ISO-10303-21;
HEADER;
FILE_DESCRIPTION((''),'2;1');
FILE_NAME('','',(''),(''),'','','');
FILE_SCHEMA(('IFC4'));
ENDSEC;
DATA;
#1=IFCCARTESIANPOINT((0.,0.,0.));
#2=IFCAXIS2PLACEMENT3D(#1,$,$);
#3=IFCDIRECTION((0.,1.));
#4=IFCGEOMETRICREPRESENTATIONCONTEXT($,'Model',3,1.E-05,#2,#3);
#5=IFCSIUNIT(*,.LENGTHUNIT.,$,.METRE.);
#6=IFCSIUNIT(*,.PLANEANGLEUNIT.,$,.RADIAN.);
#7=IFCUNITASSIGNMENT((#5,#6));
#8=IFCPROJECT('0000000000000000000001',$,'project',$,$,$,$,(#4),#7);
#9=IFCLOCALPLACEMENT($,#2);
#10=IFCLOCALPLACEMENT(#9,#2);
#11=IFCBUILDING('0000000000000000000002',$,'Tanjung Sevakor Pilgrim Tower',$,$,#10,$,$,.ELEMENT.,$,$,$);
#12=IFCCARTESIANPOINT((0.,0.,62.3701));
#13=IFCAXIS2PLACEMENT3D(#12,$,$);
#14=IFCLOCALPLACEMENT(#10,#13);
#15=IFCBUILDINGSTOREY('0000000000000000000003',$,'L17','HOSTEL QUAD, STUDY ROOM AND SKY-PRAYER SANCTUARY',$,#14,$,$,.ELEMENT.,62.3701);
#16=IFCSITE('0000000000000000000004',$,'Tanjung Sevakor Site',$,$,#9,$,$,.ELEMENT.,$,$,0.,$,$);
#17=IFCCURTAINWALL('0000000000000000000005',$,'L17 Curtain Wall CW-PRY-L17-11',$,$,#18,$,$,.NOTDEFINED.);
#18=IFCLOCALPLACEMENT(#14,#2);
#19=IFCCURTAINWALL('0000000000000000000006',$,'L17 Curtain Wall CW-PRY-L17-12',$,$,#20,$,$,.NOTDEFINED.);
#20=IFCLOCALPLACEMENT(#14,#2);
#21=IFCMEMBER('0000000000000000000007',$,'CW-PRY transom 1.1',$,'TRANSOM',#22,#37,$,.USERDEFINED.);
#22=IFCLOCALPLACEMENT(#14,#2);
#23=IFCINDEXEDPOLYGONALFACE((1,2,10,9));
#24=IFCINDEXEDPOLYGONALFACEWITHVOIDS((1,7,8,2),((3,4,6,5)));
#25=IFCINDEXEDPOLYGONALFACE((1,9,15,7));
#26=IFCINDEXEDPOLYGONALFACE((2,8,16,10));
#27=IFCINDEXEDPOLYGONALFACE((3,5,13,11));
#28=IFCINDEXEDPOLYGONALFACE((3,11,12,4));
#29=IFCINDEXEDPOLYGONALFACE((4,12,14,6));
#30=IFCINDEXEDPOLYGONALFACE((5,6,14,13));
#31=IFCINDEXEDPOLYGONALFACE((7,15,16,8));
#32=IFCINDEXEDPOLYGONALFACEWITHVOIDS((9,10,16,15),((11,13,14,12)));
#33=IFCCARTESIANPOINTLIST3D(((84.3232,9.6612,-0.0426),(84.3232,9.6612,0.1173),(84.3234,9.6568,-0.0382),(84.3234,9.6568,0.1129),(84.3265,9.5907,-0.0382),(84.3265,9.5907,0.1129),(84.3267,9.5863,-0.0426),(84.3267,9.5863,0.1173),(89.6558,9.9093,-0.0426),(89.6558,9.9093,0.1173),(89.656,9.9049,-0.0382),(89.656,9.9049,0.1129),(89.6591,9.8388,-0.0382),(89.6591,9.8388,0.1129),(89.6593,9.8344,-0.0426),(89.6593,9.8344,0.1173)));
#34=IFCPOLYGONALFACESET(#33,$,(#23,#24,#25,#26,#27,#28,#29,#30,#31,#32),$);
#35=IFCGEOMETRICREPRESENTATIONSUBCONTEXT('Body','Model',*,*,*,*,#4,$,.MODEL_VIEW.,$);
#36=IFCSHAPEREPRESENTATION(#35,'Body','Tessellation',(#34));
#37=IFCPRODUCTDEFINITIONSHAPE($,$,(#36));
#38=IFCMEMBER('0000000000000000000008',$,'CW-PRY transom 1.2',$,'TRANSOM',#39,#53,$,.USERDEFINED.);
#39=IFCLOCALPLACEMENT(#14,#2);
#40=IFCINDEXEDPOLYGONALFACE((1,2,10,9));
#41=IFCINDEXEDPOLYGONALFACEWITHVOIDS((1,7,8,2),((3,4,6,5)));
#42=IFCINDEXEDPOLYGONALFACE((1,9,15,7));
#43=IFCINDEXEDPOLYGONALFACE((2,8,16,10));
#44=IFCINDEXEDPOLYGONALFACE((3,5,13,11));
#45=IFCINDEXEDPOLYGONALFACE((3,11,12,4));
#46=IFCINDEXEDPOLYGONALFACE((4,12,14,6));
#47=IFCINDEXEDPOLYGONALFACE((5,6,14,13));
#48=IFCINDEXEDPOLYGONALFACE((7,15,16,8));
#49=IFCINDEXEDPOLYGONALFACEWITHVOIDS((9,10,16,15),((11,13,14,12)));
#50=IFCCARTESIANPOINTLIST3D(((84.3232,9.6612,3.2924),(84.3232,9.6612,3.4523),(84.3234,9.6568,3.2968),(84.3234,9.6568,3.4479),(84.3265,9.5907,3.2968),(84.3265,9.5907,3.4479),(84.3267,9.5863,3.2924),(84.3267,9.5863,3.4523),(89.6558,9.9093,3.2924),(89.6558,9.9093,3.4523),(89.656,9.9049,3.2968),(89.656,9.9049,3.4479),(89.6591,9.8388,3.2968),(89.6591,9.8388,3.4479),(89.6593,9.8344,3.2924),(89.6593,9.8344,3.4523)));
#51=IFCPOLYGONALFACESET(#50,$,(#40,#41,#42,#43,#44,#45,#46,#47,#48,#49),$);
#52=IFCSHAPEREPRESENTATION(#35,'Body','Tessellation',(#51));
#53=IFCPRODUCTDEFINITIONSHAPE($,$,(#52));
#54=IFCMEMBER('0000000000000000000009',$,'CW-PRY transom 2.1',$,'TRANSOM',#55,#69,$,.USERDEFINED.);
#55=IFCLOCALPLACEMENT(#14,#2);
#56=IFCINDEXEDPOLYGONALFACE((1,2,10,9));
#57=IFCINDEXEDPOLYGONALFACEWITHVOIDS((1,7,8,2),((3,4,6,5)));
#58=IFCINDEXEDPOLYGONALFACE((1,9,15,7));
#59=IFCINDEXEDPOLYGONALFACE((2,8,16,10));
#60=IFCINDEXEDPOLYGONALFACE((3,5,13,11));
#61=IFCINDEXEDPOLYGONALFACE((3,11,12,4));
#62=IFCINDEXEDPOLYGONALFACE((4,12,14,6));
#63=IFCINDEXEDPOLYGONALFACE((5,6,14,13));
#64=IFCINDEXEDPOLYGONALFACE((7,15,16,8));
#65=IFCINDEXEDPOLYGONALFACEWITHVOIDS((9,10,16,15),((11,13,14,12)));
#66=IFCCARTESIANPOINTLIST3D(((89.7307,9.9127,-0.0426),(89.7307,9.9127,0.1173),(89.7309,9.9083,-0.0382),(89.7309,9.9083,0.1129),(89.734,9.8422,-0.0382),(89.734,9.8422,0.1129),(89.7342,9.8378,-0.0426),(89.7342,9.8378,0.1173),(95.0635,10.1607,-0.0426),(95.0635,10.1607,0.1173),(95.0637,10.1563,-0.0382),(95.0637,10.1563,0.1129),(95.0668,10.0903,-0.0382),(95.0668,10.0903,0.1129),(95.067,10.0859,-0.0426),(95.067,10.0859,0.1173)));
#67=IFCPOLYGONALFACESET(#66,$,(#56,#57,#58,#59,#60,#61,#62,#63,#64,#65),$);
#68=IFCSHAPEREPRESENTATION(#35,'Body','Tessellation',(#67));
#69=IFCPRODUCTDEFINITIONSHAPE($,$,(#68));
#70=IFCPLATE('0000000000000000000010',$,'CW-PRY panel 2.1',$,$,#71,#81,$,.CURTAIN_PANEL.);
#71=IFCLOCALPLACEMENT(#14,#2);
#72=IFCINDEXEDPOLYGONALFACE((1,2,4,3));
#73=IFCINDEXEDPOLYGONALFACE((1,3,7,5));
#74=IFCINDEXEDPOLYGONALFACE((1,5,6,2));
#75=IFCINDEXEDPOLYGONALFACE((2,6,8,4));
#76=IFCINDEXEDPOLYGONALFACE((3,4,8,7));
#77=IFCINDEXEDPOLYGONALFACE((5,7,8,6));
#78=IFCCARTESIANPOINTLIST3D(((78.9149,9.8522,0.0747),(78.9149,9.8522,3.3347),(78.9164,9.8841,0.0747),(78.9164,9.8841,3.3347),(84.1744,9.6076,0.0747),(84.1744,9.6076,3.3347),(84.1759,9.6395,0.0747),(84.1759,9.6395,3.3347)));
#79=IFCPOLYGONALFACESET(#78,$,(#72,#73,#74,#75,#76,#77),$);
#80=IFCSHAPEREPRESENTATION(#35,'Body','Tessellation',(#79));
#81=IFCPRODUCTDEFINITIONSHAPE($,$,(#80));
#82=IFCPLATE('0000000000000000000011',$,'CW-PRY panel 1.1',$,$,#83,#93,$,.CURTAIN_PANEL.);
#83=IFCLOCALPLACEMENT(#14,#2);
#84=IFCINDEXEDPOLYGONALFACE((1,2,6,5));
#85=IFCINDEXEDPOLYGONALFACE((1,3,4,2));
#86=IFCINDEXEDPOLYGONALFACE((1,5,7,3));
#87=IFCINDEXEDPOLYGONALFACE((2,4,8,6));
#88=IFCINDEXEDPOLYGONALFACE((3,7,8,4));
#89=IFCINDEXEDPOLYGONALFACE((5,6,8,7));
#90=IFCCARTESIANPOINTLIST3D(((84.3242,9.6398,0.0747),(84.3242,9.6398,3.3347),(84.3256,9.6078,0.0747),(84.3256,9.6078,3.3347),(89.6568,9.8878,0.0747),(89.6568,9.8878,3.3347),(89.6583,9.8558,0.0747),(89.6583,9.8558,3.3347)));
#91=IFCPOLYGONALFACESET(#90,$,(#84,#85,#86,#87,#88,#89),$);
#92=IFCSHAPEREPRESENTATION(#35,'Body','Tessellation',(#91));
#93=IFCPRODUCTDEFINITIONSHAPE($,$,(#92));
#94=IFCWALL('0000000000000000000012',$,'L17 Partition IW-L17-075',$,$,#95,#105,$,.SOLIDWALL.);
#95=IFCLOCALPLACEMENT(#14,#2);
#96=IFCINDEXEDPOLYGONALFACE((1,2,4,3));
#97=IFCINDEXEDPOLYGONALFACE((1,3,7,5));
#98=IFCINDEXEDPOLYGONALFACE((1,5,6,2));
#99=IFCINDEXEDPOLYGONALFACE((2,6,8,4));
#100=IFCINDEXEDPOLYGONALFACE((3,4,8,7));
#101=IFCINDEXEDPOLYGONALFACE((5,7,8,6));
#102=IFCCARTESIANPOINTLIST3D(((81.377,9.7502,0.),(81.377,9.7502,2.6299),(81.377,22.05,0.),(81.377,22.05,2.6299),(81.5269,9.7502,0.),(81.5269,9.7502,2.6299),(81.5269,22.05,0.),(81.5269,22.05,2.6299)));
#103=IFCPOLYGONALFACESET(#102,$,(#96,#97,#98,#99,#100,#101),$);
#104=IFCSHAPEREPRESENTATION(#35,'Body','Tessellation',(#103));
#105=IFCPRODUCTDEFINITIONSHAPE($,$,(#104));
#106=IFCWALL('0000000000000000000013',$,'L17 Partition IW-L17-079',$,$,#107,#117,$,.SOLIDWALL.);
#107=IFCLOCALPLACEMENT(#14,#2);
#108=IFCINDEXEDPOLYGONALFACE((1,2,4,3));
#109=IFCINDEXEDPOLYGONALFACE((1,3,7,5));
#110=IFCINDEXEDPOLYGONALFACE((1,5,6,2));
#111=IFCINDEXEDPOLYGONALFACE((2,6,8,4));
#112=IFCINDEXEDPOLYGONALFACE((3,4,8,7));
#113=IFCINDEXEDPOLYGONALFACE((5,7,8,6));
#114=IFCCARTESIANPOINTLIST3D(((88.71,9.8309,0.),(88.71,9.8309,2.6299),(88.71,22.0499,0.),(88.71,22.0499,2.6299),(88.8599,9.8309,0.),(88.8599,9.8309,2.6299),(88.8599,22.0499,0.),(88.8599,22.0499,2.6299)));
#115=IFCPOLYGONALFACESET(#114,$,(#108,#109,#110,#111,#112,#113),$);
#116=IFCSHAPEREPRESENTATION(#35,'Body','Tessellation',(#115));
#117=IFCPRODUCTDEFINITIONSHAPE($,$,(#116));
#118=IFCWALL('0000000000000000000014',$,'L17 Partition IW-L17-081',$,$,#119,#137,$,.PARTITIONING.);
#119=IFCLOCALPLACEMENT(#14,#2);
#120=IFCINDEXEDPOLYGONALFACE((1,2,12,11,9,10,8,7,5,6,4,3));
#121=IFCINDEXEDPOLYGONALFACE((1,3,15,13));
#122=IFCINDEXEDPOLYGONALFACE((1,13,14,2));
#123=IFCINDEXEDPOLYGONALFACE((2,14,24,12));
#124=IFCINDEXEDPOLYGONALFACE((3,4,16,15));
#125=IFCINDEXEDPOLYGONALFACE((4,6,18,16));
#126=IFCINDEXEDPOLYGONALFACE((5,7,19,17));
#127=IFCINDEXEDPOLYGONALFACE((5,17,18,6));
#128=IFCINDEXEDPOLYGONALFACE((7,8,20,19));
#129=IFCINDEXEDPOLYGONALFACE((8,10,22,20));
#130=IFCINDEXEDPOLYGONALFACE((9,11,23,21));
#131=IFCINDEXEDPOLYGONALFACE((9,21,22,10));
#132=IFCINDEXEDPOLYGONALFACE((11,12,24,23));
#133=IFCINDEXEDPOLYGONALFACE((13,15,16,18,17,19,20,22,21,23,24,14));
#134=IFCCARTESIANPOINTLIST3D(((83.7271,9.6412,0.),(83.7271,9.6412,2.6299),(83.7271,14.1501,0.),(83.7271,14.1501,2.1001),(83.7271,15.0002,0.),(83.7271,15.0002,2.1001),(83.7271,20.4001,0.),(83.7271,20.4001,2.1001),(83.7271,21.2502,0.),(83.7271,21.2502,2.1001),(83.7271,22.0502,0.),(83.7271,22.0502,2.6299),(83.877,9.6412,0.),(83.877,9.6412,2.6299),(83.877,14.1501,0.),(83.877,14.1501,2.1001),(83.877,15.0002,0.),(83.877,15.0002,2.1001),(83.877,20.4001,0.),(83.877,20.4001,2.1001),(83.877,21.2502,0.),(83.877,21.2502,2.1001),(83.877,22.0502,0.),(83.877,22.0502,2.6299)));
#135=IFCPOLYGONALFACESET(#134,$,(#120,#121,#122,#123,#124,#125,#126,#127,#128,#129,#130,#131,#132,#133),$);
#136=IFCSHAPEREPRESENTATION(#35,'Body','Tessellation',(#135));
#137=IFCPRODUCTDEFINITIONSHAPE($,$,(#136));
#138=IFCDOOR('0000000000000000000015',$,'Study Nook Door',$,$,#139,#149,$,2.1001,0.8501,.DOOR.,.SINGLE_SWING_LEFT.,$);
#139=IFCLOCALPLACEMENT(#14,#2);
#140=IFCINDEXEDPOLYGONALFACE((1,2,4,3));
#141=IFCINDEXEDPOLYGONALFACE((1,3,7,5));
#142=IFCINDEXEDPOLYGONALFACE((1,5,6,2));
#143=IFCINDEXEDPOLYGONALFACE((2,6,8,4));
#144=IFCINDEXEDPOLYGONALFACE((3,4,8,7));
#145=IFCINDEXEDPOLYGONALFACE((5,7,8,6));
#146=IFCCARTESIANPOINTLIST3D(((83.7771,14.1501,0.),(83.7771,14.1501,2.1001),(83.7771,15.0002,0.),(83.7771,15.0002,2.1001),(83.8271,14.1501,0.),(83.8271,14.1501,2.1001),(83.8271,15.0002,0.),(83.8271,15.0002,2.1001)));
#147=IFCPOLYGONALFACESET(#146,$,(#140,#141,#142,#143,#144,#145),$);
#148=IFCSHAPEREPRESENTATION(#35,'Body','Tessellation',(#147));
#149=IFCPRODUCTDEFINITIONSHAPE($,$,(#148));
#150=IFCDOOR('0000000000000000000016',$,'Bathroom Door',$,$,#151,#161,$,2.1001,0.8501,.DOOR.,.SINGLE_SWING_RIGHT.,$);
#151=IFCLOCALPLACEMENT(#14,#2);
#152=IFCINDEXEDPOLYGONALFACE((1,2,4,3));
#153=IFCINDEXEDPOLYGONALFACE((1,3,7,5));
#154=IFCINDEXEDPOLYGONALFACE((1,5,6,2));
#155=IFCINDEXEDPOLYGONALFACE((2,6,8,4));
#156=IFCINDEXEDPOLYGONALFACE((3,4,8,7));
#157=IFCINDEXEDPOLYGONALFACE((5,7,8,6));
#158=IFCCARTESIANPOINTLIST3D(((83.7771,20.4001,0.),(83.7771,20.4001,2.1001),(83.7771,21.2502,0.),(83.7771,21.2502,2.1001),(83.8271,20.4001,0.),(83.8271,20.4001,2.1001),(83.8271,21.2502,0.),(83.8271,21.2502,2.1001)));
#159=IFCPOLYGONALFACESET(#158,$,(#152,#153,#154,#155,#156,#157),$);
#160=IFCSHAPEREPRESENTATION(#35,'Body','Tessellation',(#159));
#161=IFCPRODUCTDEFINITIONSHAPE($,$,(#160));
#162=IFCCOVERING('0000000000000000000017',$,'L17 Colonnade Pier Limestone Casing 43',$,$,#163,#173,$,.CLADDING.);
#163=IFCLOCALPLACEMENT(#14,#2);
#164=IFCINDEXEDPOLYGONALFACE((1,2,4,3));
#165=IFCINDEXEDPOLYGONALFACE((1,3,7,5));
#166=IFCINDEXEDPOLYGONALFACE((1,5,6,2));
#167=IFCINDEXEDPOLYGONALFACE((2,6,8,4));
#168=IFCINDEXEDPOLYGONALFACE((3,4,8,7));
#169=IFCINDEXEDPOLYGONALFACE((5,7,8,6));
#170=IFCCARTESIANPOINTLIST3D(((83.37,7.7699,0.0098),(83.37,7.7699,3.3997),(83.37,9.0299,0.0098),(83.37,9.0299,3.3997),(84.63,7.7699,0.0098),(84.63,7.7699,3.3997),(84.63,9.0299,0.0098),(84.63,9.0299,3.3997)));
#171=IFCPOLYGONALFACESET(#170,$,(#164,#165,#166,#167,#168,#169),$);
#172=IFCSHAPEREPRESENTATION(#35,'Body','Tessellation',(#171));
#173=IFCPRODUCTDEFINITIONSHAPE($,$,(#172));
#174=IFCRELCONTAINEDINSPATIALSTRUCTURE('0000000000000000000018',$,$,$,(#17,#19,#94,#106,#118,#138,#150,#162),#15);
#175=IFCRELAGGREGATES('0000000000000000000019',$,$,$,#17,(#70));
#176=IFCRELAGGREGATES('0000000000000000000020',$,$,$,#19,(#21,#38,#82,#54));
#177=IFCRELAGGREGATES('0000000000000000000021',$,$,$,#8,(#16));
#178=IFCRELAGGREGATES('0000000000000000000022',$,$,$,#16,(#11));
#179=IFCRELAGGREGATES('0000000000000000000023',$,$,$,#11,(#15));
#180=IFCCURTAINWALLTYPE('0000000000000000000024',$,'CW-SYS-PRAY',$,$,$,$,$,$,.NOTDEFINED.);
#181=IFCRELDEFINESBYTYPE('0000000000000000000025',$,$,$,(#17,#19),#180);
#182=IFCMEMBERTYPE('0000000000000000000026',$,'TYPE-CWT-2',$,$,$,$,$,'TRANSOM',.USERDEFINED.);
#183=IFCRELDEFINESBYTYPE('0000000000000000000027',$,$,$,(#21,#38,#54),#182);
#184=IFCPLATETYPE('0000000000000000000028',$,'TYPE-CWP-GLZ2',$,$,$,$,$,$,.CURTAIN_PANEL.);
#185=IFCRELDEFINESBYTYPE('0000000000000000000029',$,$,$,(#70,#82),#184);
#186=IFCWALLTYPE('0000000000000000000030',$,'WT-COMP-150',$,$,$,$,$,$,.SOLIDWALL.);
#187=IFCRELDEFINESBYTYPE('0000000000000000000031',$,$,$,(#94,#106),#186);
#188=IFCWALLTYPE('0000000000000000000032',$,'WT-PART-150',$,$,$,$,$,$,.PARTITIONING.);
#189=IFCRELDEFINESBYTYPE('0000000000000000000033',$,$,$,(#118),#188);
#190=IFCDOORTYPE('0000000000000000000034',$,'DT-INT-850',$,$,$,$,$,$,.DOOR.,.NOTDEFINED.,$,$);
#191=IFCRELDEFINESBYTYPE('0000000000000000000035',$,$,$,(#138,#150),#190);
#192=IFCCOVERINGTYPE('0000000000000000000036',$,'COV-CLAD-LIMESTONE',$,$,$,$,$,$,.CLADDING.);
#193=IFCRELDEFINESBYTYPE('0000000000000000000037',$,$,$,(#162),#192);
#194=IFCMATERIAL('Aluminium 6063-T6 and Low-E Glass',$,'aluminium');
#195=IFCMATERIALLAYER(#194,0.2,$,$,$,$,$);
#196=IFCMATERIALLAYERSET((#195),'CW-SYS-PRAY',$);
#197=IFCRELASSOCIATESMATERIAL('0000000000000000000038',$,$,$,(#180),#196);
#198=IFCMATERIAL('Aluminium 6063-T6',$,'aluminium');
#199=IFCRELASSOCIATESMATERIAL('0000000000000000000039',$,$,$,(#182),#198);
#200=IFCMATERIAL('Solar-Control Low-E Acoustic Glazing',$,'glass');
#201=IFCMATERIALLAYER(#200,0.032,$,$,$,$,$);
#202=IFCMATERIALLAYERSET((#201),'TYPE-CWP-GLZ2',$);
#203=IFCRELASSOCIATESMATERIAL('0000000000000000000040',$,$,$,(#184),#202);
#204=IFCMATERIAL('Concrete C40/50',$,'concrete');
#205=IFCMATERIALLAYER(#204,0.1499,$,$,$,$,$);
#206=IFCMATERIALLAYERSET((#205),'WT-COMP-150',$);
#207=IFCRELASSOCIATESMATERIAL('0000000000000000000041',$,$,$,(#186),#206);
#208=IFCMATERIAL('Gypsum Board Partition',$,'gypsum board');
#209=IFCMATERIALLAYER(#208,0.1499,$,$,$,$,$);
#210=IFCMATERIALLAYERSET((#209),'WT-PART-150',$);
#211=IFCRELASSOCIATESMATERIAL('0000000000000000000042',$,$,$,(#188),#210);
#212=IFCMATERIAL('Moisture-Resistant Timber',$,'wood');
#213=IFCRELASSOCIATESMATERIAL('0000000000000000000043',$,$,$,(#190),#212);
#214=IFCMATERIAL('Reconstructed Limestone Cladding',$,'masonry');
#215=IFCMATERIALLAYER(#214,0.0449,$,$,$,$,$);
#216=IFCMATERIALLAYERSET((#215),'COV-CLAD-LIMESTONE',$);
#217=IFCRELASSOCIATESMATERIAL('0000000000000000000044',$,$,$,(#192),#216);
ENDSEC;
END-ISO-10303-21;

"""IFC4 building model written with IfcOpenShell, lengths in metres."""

from ifc_helpers import new_model, si_unit, direction, frame, frame_2d, origin, origin_2d, place, context, subcontext, project, spatial, rectangle, hollow_rectangle, extrude, material, layer, layer_set, material_profile, profile_set, type_object, element, fill, aggregate, save


model = new_model("IFC4")

# Units and contexts
model_context = context("Model", 3, precision=1e-05, world=origin(), true_north=direction((0.0, 1.0)))
body_context = subcontext(model_context, "Body", "Model", "MODEL_VIEW")
ifc_project = project(units=[si_unit("LENGTHUNIT", "METRE"), si_unit("PLANEANGLEUNIT", "RADIAN")], contexts=[model_context])

# Site, building, storey
site_placement = place(None, origin())
site = spatial("IfcSite", under=ifc_project, at=site_placement, Name="Tanjung Sevakor Site", CompositionType="ELEMENT", RefElevation=0.0)
building_placement = place(site_placement, origin())
building = spatial("IfcBuilding", under=site, at=building_placement, Name="Tanjung Sevakor Pilgrim Tower", CompositionType="ELEMENT")
storey_placement = place(building_placement, frame((0.0, 0.0, 62.3701)))
storey = spatial("IfcBuildingStorey", under=building, at=storey_placement, Name="L17", Description="HOSTEL QUAD, STUDY ROOM AND SKY-PRAYER SANCTUARY", CompositionType="ELEMENT", Elevation=62.3701)

# Curtain wall
ifc_material_1 = material(Name="Aluminium 6063-T6 and Low-E Glass", Category="aluminium")
ifc_layer_1 = layer(ifc_material_1, 0.2)
ifc_layer_set_1 = layer_set([ifc_layer_1], Name="CW-SYS-PRAY")
curtain_wall_type = type_object("IfcCurtainWallType", Name="CW-SYS-PRAY", PredefinedType="NOTDEFINED", material=ifc_layer_set_1)
curtain_wall_1_placement = place(storey_placement, origin())
curtain_wall_1 = element("IfcCurtainWall", 1, at=curtain_wall_1_placement, inside=storey, type_object=curtain_wall_type, Name="L17 Curtain Wall CW-PRY-L17-11", PredefinedType="NOTDEFINED")

# Curtain wall, members
curtain_wall_2_placement = place(storey_placement, origin())
curtain_wall_2 = element("IfcCurtainWall", 2, at=curtain_wall_2_placement, inside=storey, type_object=curtain_wall_type, Name="L17 Curtain Wall CW-PRY-L17-12", PredefinedType="NOTDEFINED")
ifc_material_2 = material(Name="Aluminium 6063-T6", Category="aluminium")
ifc_material_profile_1 = material_profile(ifc_material_2, hollow_rectangle(XDim=0.075, YDim=0.1599, WallThickness=0.0044, at=origin_2d()))
ifc_profile_set_1 = profile_set([ifc_material_profile_1], Name="Aluminium 6063-T6")
member_type_1 = type_object("IfcMemberType", Name="TYPE-CWT-2", ElementType="TRANSOM", PredefinedType="USERDEFINED", material=ifc_profile_set_1)
member_1_placement = place(storey_placement, frame((84.325, 9.6238, 0.0374), z_axis=(0.99892, 0.046466, 0.0), x_axis=(-0.046466, 0.99892, 0.0)))
member_1 = element("IfcMember", 3, at=member_1_placement, type_object=member_type_1, Name="CW-PRY transom 1.1", ObjectType="TRANSOM", PredefinedType="USERDEFINED", context=body_context, shape_type="SweptSolid", body=[
    extrude(hollow_rectangle(XDim=0.075, YDim=0.1599, WallThickness=0.0044, at=origin_2d()), origin(), (0.0, 0.0, 1.0), 5.3384),
])
member_2_placement = place(storey_placement, frame((84.325, 9.6238, 3.3723), z_axis=(0.99892, 0.046466, 0.0), x_axis=(-0.046466, 0.99892, 0.0)))
member_2 = element("IfcMember", 4, at=member_2_placement, type_object=member_type_1, Name="CW-PRY transom 1.2", ObjectType="TRANSOM", PredefinedType="USERDEFINED", context=body_context, shape_type="SweptSolid", body=[
    extrude(hollow_rectangle(XDim=0.075, YDim=0.1599, WallThickness=0.0044, at=origin_2d()), origin(), (0.0, 0.0, 1.0), 5.3384),
])
member_3_placement = place(storey_placement, frame((89.7324, 9.8752, 0.0374), z_axis=(0.99892, 0.046464, 0.0), x_axis=(-0.046464, 0.99892, 0.0)))
member_3 = element("IfcMember", 5, at=member_3_placement, type_object=member_type_1, Name="CW-PRY transom 2.1", ObjectType="TRANSOM", PredefinedType="USERDEFINED", context=body_context, shape_type="SweptSolid", body=[
    extrude(hollow_rectangle(XDim=0.075, YDim=0.1599, WallThickness=0.0044, at=origin_2d()), origin(), (0.0, 0.0, 1.0), 5.3386),
])

# Plates
ifc_material_3 = material(Name="Solar-Control Low-E Acoustic Glazing", Category="glass")
ifc_layer_2 = layer(ifc_material_3, 0.032)
ifc_layer_set_2 = layer_set([ifc_layer_2], Name="TYPE-CWP-GLZ2")
plate_type = type_object("IfcPlateType", Name="TYPE-CWP-GLZ2", PredefinedType="CURTAIN_PANEL", material=ifc_layer_set_2)
plate_1_placement = place(storey_placement, frame((81.5454, 9.7458, 0.0747), z_axis=(0.0, 0.0, 1.0), x_axis=(0.998921, -0.046452, 0.0)))
plate_1 = element("IfcPlate", 6, at=plate_1_placement, type_object=plate_type, Name="CW-PRY panel 2.1", PredefinedType="CURTAIN_PANEL", context=body_context, shape_type="SweptSolid", body=[
    extrude(rectangle(XDim=5.2651, YDim=0.032, at=origin_2d()), origin(), (0.0, 0.0, 1.0), 3.26),
])
aggregate(curtain_wall_1, [plate_1])
plate_2_placement = place(storey_placement, frame((86.9912, 9.7478, 0.0747), z_axis=(0.0, 0.0, 1.0), x_axis=(0.99892, 0.04646, 0.0)))
plate_2 = element("IfcPlate", 7, at=plate_2_placement, type_object=plate_type, Name="CW-PRY panel 1.1", PredefinedType="CURTAIN_PANEL", context=body_context, shape_type="SweptSolid", body=[
    extrude(rectangle(XDim=5.3384, YDim=0.032, at=origin_2d()), origin(), (0.0, 0.0, 1.0), 3.26),
])
aggregate(curtain_wall_2, [member_1, member_2, plate_2, member_3])

# Walls
ifc_material_4 = material(Name="Concrete C40/50", Category="concrete")
ifc_layer_3 = layer(ifc_material_4, 0.1499)
ifc_layer_set_3 = layer_set([ifc_layer_3], Name="WT-COMP-150")
wall_type_1 = type_object("IfcWallType", Name="WT-COMP-150", PredefinedType="SOLIDWALL", material=ifc_layer_set_3)
wall_1_placement = place(storey_placement, frame((81.4519, 9.7502, 0.0), z_axis=(0.0, 0.0, 1.0), x_axis=(0.0, 1.0, 0.0)))
element("IfcWall", 8, at=wall_1_placement, inside=storey, type_object=wall_type_1, Name="L17 Partition IW-L17-075", PredefinedType="SOLIDWALL", context=body_context, shape_type="SweptSolid", body=[
    extrude(rectangle(XDim=12.2998, YDim=0.1499, at=frame_2d((6.1499, 0.0))), origin(), (0.0, 0.0, 1.0), 2.6299),
])
wall_2_placement = place(storey_placement, frame((88.7849, 9.8311, 0.0), z_axis=(0.0, 0.0, 1.0), x_axis=(0.0, 1.0, 0.0)))
element("IfcWall", 9, at=wall_2_placement, inside=storey, type_object=wall_type_1, Name="L17 Partition IW-L17-079", PredefinedType="SOLIDWALL", context=body_context, shape_type="SweptSolid", body=[
    extrude(rectangle(XDim=12.219, YDim=0.1499, at=frame_2d((6.1094, 0.0))), origin(), (0.0, 0.0, 1.0), 2.6299),
])

# Wall, openings, doors
ifc_material_5 = material(Name="Gypsum Board Partition", Category="gypsum board")
ifc_layer_4 = layer(ifc_material_5, 0.1499)
ifc_layer_set_4 = layer_set([ifc_layer_4], Name="WT-PART-150")
wall_type_2 = type_object("IfcWallType", Name="WT-PART-150", PredefinedType="PARTITIONING", material=ifc_layer_set_4)
wall_3_placement = place(storey_placement, frame((83.802, 9.6411, 0.0), z_axis=(0.0, 0.0, 1.0), x_axis=(0.0, 1.0, 0.0)))
wall_3 = element("IfcWall", 10, at=wall_3_placement, inside=storey, type_object=wall_type_2, Name="L17 Partition IW-L17-081", PredefinedType="PARTITIONING", context=body_context, shape_type="SweptSolid", body=[
    extrude(rectangle(XDim=12.4089, YDim=0.1499, at=frame_2d((6.2046, 0.0))), origin(), (0.0, 0.0, 1.0), 2.6299),
])
opening_1_placement = place(wall_3_placement, frame((4.509, 0.0, 0.0)))
opening_1 = element("IfcOpeningElement", 11, at=opening_1_placement, cuts=wall_3, PredefinedType="OPENING", context=body_context, shape_type="SweptSolid", body=[
    extrude(rectangle(XDim=0.8501, YDim=2.1001, at=frame_2d((0.425, 1.05))), frame((0.0, 0.085, 0.0), z_axis=(0.0, -1.0, 0.0), x_axis=(1.0, 0.0, 0.0)), (0.0, 0.0, 1.0), 0.1699),
])
opening_2_placement = place(wall_3_placement, frame((10.759, 0.0, 0.0)))
opening_2 = element("IfcOpeningElement", 12, at=opening_2_placement, cuts=wall_3, PredefinedType="OPENING", context=body_context, shape_type="SweptSolid", body=[
    extrude(rectangle(XDim=0.8501, YDim=2.1001, at=frame_2d((0.425, 1.05))), frame((0.0, 0.085, 0.0), z_axis=(0.0, -1.0, 0.0), x_axis=(1.0, 0.0, 0.0)), (0.0, 0.0, 1.0), 0.1699),
])
ifc_material_6 = material(Name="Moisture-Resistant Timber", Category="wood")
door_type = type_object("IfcDoorType", Name="DT-INT-850", OperationType="NOTDEFINED", PredefinedType="DOOR", material=ifc_material_6)
door_1_placement = place(opening_1_placement, origin())
door_1 = element("IfcDoor", 13, at=door_1_placement, inside=storey, type_object=door_type, Name="Study Nook Door", OperationType="SINGLE_SWING_LEFT", OverallHeight=2.1001, OverallWidth=0.8501, PredefinedType="DOOR", context=body_context, shape_type="SweptSolid", body=[
    extrude(rectangle(XDim=0.8501, YDim=2.1001, at=frame_2d((0.425, 1.05))), frame((0.0, 0.0249, 0.0), z_axis=(0.0, -1.0, 0.0), x_axis=(1.0, 0.0, 0.0)), (0.0, 0.0, 1.0), 0.05),
])
fill(opening_1, door_1)
door_2_placement = place(opening_2_placement, origin())
door_2 = element("IfcDoor", 14, at=door_2_placement, inside=storey, type_object=door_type, Name="Bathroom Door", OperationType="SINGLE_SWING_RIGHT", OverallHeight=2.1001, OverallWidth=0.8501, PredefinedType="DOOR", context=body_context, shape_type="SweptSolid", body=[
    extrude(rectangle(XDim=0.8501, YDim=2.1001, at=frame_2d((0.425, 1.05))), frame((0.0, 0.0249, 0.0), z_axis=(0.0, -1.0, 0.0), x_axis=(1.0, 0.0, 0.0)), (0.0, 0.0, 1.0), 0.05),
])
fill(opening_2, door_2)

# Covering
ifc_material_7 = material(Name="Reconstructed Limestone Cladding", Category="masonry")
ifc_layer_5 = layer(ifc_material_7, 0.0449)
ifc_layer_set_5 = layer_set([ifc_layer_5], Name="COV-CLAD-LIMESTONE")
covering_type = type_object("IfcCoveringType", Name="COV-CLAD-LIMESTONE", PredefinedType="CLADDING", material=ifc_layer_set_5)
covering_placement = place(storey_placement, frame((84.0, 8.3999, 0.0098), z_axis=(0.0, 0.0, 1.0), x_axis=(1.0, 0.0, 0.0)))
element("IfcCovering", 15, at=covering_placement, inside=storey, type_object=covering_type, Name="L17 Colonnade Pier Limestone Casing 43", PredefinedType="CLADDING", context=body_context, shape_type="SweptSolid", body=[
    extrude(rectangle(XDim=1.26, YDim=1.26, at=origin_2d()), origin(), (0.0, 0.0, 1.0), 3.3899),
])

save(model, "model.ifc")
